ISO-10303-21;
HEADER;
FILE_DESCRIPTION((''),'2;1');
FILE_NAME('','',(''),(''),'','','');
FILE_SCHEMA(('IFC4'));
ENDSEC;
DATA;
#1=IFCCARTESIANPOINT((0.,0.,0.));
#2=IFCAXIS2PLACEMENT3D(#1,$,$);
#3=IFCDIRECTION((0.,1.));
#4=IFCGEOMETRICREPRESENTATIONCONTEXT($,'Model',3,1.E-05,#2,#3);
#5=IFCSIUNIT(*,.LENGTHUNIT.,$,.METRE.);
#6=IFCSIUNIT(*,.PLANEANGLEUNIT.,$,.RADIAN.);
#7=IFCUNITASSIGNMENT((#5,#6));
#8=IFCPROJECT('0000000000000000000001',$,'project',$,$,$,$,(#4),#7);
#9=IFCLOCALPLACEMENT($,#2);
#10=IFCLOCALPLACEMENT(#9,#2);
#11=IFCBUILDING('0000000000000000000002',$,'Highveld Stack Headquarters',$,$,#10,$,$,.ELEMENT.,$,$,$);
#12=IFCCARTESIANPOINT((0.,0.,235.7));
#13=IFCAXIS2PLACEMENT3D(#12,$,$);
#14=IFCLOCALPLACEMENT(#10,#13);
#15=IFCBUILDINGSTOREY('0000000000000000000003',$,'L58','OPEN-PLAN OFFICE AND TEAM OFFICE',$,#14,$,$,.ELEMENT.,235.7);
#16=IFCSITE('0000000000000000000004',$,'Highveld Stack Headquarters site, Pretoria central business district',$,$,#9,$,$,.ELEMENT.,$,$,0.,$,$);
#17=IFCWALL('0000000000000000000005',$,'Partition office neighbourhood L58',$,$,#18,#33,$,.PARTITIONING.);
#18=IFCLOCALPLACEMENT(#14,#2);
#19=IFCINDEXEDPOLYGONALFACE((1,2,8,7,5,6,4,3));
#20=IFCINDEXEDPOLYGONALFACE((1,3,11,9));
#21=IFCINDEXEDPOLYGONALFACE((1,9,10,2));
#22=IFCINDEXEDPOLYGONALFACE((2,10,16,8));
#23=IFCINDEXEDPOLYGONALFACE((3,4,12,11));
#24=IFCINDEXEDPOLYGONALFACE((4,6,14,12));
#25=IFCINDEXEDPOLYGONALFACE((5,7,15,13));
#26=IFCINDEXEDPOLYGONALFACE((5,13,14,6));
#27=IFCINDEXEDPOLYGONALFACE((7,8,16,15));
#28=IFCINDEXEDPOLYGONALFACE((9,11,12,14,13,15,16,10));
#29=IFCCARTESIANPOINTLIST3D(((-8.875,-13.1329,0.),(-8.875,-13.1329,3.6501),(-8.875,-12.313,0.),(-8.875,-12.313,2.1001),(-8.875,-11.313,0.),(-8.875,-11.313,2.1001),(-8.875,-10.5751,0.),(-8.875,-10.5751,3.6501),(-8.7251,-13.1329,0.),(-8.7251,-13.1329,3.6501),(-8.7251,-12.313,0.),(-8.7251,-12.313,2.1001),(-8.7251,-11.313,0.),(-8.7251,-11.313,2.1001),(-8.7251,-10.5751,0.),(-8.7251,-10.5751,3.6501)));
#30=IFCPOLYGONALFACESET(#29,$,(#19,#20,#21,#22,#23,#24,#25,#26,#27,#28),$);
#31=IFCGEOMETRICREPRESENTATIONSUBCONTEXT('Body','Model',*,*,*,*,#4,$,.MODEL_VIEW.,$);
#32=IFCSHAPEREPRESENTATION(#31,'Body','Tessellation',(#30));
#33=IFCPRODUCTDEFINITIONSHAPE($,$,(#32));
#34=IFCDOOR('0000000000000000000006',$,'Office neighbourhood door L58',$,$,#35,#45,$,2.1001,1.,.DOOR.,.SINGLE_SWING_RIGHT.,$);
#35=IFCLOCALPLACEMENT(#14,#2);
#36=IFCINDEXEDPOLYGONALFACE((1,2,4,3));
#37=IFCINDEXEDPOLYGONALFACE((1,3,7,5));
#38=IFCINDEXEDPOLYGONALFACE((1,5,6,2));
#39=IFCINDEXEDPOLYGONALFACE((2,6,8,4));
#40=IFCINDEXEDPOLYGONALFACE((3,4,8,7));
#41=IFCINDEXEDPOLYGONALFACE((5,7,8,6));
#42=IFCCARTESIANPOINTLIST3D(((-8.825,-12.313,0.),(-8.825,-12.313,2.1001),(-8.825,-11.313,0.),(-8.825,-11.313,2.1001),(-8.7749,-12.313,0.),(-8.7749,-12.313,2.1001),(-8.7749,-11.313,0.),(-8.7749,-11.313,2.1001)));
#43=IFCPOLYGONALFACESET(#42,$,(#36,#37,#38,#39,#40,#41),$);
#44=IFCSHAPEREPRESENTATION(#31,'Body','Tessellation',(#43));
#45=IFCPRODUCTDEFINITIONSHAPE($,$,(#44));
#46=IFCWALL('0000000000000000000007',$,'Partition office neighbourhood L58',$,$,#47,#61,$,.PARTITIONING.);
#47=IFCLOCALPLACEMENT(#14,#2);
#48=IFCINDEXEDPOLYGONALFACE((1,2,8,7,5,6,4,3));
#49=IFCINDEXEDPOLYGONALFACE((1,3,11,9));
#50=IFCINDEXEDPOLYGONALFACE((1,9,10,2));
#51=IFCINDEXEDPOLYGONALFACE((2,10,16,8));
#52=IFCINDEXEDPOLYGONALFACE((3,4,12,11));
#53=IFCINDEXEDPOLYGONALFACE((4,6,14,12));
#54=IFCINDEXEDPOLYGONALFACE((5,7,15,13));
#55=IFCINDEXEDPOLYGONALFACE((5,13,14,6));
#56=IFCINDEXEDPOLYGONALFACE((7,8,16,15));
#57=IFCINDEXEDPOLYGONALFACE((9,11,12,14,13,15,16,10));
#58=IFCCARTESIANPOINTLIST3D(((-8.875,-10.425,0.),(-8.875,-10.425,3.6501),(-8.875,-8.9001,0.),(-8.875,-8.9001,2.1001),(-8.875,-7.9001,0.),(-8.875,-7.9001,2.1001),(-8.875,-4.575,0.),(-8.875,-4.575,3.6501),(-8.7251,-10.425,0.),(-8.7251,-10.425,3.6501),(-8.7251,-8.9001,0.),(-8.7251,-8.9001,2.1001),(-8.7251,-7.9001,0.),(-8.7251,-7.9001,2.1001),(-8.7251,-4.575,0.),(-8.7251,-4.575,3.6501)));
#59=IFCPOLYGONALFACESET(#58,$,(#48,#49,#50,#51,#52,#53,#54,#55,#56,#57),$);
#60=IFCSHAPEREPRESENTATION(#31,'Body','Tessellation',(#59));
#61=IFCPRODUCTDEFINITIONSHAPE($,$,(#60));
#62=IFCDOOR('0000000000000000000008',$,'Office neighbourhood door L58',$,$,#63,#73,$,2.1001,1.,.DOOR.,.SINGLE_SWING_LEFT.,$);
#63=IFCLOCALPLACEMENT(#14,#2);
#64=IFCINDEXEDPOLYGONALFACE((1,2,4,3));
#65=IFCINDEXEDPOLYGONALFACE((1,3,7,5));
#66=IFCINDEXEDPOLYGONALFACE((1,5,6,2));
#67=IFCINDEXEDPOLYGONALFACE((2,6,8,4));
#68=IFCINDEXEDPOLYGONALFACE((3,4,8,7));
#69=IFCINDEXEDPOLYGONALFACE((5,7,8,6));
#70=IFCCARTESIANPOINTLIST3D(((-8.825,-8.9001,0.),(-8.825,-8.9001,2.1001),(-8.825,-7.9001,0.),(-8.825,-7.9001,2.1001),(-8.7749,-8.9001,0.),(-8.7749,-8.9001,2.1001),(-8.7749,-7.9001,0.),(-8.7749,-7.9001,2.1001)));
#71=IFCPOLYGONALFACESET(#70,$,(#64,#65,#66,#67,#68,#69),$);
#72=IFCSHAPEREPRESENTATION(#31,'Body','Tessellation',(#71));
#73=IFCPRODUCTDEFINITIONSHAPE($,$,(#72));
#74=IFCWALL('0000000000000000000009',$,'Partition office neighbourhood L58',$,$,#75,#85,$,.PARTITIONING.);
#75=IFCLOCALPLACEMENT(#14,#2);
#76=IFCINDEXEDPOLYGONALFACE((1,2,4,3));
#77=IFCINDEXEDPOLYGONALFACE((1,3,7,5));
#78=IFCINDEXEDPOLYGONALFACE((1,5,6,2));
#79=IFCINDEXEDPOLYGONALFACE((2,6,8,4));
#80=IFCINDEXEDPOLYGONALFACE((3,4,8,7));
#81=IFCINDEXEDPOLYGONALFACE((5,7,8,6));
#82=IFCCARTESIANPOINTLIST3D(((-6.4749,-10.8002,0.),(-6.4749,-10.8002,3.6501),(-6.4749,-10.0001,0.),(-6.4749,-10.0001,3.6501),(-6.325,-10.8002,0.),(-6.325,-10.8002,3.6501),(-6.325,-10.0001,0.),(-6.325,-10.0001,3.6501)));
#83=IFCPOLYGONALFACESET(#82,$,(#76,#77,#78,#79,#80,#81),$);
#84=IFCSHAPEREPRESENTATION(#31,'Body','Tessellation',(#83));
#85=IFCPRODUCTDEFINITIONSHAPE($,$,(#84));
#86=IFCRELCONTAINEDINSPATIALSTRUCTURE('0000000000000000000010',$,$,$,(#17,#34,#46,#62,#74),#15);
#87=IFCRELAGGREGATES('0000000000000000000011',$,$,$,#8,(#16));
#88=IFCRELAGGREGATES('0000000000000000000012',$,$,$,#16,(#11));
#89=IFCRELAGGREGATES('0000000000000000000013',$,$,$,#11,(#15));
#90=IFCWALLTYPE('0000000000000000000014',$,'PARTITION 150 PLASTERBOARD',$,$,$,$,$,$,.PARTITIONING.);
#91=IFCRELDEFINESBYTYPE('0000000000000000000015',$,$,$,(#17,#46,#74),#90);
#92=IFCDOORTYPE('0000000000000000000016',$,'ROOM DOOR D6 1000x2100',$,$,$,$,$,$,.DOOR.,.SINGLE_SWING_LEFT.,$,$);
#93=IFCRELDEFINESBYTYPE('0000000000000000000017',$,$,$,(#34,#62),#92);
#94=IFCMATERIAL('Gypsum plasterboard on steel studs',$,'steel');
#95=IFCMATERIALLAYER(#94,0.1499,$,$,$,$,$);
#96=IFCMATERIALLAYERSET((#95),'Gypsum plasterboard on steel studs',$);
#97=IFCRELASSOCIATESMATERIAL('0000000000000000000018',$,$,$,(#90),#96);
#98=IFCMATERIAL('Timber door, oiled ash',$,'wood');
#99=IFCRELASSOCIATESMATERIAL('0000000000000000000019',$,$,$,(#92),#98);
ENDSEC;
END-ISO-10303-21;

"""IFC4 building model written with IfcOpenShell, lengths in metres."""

from ifc_helpers import new_model, si_unit, direction, frame, frame_2d, origin, place, context, subcontext, project, spatial, rectangle, extrude, material, layer, layer_set, type_object, element, fill, save


model = new_model("IFC4")

# Units and contexts
model_context = context("Model", 3, precision=1e-05, world=origin(), true_north=direction((0.0, 1.0)))
body_context = subcontext(model_context, "Body", "Model", "MODEL_VIEW")
ifc_project = project(units=[si_unit("LENGTHUNIT", "METRE"), si_unit("PLANEANGLEUNIT", "RADIAN")], contexts=[model_context])

# Site, building, storey
site_placement = place(None, origin())
site = spatial("IfcSite", under=ifc_project, at=site_placement, Name="Highveld Stack Headquarters site, Pretoria central business district", CompositionType="ELEMENT", RefElevation=0.0)
building_placement = place(site_placement, origin())
building = spatial("IfcBuilding", under=site, at=building_placement, Name="Highveld Stack Headquarters", CompositionType="ELEMENT")
storey_placement = place(building_placement, frame((0.0, 0.0, 235.7)))
storey = spatial("IfcBuildingStorey", under=building, at=storey_placement, Name="L58", Description="OPEN-PLAN OFFICE AND TEAM OFFICE", CompositionType="ELEMENT", Elevation=235.7)

# Shared definitions
ifc_material_1 = material(Name="Gypsum plasterboard on steel studs", Category="steel")
ifc_layer_1 = layer(ifc_material_1, 0.1499)
ifc_layer_set_1 = layer_set([ifc_layer_1], Name="Gypsum plasterboard on steel studs")
wall_type_1 = type_object("IfcWallType", Name="PARTITION 150 PLASTERBOARD", PredefinedType="PARTITIONING", material=ifc_layer_set_1)
ifc_material_2 = material(Name="Timber door, oiled ash", Category="wood")
door_type = type_object("IfcDoorType", Name="ROOM DOOR D6 1000x2100", OperationType="SINGLE_SWING_LEFT", PredefinedType="DOOR", material=ifc_material_2)

# Walls, openings, doors
wall_1_placement = place(storey_placement, frame((-8.8, -13.1328, 0.0), z_axis=(0.0, 0.0, 1.0), x_axis=(0.0, 1.0, 0.0)))
wall_1 = element("IfcWall", 1, at=wall_1_placement, inside=storey, type_object=wall_type_1, Name="Partition office neighbourhood L58", PredefinedType="PARTITIONING", context=body_context, shape_type="SweptSolid", body=[
    extrude(rectangle(XDim=2.5579, YDim=0.1499, at=frame_2d((1.2788, 0.0))), origin(), (0.0, 0.0, 1.0), 3.6501),
])
opening_1_placement = place(wall_1_placement, frame((0.8198, 0.0, 0.0)))
opening_1 = element("IfcOpeningElement", 2, at=opening_1_placement, cuts=wall_1, PredefinedType="OPENING", context=body_context, shape_type="SweptSolid", body=[
    extrude(rectangle(XDim=1.0, YDim=2.1001, at=frame_2d((0.5, 1.05))), frame((0.0, 0.085, 0.0), z_axis=(0.0, -1.0, 0.0), x_axis=(1.0, 0.0, 0.0)), (0.0, 0.0, 1.0), 0.1699),
])
door_1_placement = place(opening_1_placement, origin())
door_1 = element("IfcDoor", 3, at=door_1_placement, inside=storey, type_object=door_type, Name="Office neighbourhood door L58", OperationType="SINGLE_SWING_RIGHT", OverallHeight=2.1001, OverallWidth=1.0, PredefinedType="DOOR", context=body_context, shape_type="SweptSolid", body=[
    extrude(rectangle(XDim=1.0, YDim=2.1001, at=frame_2d((0.5, 1.05))), frame((0.0, 0.0249, 0.0), z_axis=(0.0, -1.0, 0.0), x_axis=(1.0, 0.0, 0.0)), (0.0, 0.0, 1.0), 0.05),
])
fill(opening_1, door_1)
wall_2_placement = place(storey_placement, frame((-8.8, -10.425, 0.0), z_axis=(0.0, 0.0, 1.0), x_axis=(0.0, 1.0, 0.0)))
wall_2 = element("IfcWall", 4, at=wall_2_placement, inside=storey, type_object=wall_type_1, Name="Partition office neighbourhood L58", PredefinedType="PARTITIONING", context=body_context, shape_type="SweptSolid", body=[
    extrude(rectangle(XDim=5.8501, YDim=0.1499, at=frame_2d((2.925, 0.0))), origin(), (0.0, 0.0, 1.0), 3.6501),
])
opening_2_placement = place(wall_2_placement, frame((1.5249, 0.0, 0.0)))
opening_2 = element("IfcOpeningElement", 5, at=opening_2_placement, cuts=wall_2, PredefinedType="OPENING", context=body_context, shape_type="SweptSolid", body=[
    extrude(rectangle(XDim=1.0, YDim=2.1001, at=frame_2d((0.5, 1.05))), frame((0.0, 0.085, 0.0), z_axis=(0.0, -1.0, 0.0), x_axis=(1.0, 0.0, 0.0)), (0.0, 0.0, 1.0), 0.1699),
])
door_2_placement = place(opening_2_placement, origin())
door_2 = element("IfcDoor", 6, at=door_2_placement, inside=storey, type_object=door_type, Name="Office neighbourhood door L58", OperationType="SINGLE_SWING_LEFT", OverallHeight=2.1001, OverallWidth=1.0, PredefinedType="DOOR", context=body_context, shape_type="SweptSolid", body=[
    extrude(rectangle(XDim=1.0, YDim=2.1001, at=frame_2d((0.5, 1.05))), frame((0.0, 0.0249, 0.0), z_axis=(0.0, -1.0, 0.0), x_axis=(1.0, 0.0, 0.0)), (0.0, 0.0, 1.0), 0.05),
])
fill(opening_2, door_2)

# Wall
wall_3_placement = place(storey_placement, frame((-6.3999, -10.8, 0.0), z_axis=(0.0, 0.0, 1.0), x_axis=(0.0, 1.0, 0.0)))
element("IfcWall", 7, at=wall_3_placement, inside=storey, type_object=wall_type_1, Name="Partition office neighbourhood L58", PredefinedType="PARTITIONING", context=body_context, shape_type="SweptSolid", body=[
    extrude(rectangle(XDim=0.8, YDim=0.1499, at=frame_2d((0.3999, 0.0))), origin(), (0.0, 0.0, 1.0), 3.6501),
])

save(model, "model.ifc")
